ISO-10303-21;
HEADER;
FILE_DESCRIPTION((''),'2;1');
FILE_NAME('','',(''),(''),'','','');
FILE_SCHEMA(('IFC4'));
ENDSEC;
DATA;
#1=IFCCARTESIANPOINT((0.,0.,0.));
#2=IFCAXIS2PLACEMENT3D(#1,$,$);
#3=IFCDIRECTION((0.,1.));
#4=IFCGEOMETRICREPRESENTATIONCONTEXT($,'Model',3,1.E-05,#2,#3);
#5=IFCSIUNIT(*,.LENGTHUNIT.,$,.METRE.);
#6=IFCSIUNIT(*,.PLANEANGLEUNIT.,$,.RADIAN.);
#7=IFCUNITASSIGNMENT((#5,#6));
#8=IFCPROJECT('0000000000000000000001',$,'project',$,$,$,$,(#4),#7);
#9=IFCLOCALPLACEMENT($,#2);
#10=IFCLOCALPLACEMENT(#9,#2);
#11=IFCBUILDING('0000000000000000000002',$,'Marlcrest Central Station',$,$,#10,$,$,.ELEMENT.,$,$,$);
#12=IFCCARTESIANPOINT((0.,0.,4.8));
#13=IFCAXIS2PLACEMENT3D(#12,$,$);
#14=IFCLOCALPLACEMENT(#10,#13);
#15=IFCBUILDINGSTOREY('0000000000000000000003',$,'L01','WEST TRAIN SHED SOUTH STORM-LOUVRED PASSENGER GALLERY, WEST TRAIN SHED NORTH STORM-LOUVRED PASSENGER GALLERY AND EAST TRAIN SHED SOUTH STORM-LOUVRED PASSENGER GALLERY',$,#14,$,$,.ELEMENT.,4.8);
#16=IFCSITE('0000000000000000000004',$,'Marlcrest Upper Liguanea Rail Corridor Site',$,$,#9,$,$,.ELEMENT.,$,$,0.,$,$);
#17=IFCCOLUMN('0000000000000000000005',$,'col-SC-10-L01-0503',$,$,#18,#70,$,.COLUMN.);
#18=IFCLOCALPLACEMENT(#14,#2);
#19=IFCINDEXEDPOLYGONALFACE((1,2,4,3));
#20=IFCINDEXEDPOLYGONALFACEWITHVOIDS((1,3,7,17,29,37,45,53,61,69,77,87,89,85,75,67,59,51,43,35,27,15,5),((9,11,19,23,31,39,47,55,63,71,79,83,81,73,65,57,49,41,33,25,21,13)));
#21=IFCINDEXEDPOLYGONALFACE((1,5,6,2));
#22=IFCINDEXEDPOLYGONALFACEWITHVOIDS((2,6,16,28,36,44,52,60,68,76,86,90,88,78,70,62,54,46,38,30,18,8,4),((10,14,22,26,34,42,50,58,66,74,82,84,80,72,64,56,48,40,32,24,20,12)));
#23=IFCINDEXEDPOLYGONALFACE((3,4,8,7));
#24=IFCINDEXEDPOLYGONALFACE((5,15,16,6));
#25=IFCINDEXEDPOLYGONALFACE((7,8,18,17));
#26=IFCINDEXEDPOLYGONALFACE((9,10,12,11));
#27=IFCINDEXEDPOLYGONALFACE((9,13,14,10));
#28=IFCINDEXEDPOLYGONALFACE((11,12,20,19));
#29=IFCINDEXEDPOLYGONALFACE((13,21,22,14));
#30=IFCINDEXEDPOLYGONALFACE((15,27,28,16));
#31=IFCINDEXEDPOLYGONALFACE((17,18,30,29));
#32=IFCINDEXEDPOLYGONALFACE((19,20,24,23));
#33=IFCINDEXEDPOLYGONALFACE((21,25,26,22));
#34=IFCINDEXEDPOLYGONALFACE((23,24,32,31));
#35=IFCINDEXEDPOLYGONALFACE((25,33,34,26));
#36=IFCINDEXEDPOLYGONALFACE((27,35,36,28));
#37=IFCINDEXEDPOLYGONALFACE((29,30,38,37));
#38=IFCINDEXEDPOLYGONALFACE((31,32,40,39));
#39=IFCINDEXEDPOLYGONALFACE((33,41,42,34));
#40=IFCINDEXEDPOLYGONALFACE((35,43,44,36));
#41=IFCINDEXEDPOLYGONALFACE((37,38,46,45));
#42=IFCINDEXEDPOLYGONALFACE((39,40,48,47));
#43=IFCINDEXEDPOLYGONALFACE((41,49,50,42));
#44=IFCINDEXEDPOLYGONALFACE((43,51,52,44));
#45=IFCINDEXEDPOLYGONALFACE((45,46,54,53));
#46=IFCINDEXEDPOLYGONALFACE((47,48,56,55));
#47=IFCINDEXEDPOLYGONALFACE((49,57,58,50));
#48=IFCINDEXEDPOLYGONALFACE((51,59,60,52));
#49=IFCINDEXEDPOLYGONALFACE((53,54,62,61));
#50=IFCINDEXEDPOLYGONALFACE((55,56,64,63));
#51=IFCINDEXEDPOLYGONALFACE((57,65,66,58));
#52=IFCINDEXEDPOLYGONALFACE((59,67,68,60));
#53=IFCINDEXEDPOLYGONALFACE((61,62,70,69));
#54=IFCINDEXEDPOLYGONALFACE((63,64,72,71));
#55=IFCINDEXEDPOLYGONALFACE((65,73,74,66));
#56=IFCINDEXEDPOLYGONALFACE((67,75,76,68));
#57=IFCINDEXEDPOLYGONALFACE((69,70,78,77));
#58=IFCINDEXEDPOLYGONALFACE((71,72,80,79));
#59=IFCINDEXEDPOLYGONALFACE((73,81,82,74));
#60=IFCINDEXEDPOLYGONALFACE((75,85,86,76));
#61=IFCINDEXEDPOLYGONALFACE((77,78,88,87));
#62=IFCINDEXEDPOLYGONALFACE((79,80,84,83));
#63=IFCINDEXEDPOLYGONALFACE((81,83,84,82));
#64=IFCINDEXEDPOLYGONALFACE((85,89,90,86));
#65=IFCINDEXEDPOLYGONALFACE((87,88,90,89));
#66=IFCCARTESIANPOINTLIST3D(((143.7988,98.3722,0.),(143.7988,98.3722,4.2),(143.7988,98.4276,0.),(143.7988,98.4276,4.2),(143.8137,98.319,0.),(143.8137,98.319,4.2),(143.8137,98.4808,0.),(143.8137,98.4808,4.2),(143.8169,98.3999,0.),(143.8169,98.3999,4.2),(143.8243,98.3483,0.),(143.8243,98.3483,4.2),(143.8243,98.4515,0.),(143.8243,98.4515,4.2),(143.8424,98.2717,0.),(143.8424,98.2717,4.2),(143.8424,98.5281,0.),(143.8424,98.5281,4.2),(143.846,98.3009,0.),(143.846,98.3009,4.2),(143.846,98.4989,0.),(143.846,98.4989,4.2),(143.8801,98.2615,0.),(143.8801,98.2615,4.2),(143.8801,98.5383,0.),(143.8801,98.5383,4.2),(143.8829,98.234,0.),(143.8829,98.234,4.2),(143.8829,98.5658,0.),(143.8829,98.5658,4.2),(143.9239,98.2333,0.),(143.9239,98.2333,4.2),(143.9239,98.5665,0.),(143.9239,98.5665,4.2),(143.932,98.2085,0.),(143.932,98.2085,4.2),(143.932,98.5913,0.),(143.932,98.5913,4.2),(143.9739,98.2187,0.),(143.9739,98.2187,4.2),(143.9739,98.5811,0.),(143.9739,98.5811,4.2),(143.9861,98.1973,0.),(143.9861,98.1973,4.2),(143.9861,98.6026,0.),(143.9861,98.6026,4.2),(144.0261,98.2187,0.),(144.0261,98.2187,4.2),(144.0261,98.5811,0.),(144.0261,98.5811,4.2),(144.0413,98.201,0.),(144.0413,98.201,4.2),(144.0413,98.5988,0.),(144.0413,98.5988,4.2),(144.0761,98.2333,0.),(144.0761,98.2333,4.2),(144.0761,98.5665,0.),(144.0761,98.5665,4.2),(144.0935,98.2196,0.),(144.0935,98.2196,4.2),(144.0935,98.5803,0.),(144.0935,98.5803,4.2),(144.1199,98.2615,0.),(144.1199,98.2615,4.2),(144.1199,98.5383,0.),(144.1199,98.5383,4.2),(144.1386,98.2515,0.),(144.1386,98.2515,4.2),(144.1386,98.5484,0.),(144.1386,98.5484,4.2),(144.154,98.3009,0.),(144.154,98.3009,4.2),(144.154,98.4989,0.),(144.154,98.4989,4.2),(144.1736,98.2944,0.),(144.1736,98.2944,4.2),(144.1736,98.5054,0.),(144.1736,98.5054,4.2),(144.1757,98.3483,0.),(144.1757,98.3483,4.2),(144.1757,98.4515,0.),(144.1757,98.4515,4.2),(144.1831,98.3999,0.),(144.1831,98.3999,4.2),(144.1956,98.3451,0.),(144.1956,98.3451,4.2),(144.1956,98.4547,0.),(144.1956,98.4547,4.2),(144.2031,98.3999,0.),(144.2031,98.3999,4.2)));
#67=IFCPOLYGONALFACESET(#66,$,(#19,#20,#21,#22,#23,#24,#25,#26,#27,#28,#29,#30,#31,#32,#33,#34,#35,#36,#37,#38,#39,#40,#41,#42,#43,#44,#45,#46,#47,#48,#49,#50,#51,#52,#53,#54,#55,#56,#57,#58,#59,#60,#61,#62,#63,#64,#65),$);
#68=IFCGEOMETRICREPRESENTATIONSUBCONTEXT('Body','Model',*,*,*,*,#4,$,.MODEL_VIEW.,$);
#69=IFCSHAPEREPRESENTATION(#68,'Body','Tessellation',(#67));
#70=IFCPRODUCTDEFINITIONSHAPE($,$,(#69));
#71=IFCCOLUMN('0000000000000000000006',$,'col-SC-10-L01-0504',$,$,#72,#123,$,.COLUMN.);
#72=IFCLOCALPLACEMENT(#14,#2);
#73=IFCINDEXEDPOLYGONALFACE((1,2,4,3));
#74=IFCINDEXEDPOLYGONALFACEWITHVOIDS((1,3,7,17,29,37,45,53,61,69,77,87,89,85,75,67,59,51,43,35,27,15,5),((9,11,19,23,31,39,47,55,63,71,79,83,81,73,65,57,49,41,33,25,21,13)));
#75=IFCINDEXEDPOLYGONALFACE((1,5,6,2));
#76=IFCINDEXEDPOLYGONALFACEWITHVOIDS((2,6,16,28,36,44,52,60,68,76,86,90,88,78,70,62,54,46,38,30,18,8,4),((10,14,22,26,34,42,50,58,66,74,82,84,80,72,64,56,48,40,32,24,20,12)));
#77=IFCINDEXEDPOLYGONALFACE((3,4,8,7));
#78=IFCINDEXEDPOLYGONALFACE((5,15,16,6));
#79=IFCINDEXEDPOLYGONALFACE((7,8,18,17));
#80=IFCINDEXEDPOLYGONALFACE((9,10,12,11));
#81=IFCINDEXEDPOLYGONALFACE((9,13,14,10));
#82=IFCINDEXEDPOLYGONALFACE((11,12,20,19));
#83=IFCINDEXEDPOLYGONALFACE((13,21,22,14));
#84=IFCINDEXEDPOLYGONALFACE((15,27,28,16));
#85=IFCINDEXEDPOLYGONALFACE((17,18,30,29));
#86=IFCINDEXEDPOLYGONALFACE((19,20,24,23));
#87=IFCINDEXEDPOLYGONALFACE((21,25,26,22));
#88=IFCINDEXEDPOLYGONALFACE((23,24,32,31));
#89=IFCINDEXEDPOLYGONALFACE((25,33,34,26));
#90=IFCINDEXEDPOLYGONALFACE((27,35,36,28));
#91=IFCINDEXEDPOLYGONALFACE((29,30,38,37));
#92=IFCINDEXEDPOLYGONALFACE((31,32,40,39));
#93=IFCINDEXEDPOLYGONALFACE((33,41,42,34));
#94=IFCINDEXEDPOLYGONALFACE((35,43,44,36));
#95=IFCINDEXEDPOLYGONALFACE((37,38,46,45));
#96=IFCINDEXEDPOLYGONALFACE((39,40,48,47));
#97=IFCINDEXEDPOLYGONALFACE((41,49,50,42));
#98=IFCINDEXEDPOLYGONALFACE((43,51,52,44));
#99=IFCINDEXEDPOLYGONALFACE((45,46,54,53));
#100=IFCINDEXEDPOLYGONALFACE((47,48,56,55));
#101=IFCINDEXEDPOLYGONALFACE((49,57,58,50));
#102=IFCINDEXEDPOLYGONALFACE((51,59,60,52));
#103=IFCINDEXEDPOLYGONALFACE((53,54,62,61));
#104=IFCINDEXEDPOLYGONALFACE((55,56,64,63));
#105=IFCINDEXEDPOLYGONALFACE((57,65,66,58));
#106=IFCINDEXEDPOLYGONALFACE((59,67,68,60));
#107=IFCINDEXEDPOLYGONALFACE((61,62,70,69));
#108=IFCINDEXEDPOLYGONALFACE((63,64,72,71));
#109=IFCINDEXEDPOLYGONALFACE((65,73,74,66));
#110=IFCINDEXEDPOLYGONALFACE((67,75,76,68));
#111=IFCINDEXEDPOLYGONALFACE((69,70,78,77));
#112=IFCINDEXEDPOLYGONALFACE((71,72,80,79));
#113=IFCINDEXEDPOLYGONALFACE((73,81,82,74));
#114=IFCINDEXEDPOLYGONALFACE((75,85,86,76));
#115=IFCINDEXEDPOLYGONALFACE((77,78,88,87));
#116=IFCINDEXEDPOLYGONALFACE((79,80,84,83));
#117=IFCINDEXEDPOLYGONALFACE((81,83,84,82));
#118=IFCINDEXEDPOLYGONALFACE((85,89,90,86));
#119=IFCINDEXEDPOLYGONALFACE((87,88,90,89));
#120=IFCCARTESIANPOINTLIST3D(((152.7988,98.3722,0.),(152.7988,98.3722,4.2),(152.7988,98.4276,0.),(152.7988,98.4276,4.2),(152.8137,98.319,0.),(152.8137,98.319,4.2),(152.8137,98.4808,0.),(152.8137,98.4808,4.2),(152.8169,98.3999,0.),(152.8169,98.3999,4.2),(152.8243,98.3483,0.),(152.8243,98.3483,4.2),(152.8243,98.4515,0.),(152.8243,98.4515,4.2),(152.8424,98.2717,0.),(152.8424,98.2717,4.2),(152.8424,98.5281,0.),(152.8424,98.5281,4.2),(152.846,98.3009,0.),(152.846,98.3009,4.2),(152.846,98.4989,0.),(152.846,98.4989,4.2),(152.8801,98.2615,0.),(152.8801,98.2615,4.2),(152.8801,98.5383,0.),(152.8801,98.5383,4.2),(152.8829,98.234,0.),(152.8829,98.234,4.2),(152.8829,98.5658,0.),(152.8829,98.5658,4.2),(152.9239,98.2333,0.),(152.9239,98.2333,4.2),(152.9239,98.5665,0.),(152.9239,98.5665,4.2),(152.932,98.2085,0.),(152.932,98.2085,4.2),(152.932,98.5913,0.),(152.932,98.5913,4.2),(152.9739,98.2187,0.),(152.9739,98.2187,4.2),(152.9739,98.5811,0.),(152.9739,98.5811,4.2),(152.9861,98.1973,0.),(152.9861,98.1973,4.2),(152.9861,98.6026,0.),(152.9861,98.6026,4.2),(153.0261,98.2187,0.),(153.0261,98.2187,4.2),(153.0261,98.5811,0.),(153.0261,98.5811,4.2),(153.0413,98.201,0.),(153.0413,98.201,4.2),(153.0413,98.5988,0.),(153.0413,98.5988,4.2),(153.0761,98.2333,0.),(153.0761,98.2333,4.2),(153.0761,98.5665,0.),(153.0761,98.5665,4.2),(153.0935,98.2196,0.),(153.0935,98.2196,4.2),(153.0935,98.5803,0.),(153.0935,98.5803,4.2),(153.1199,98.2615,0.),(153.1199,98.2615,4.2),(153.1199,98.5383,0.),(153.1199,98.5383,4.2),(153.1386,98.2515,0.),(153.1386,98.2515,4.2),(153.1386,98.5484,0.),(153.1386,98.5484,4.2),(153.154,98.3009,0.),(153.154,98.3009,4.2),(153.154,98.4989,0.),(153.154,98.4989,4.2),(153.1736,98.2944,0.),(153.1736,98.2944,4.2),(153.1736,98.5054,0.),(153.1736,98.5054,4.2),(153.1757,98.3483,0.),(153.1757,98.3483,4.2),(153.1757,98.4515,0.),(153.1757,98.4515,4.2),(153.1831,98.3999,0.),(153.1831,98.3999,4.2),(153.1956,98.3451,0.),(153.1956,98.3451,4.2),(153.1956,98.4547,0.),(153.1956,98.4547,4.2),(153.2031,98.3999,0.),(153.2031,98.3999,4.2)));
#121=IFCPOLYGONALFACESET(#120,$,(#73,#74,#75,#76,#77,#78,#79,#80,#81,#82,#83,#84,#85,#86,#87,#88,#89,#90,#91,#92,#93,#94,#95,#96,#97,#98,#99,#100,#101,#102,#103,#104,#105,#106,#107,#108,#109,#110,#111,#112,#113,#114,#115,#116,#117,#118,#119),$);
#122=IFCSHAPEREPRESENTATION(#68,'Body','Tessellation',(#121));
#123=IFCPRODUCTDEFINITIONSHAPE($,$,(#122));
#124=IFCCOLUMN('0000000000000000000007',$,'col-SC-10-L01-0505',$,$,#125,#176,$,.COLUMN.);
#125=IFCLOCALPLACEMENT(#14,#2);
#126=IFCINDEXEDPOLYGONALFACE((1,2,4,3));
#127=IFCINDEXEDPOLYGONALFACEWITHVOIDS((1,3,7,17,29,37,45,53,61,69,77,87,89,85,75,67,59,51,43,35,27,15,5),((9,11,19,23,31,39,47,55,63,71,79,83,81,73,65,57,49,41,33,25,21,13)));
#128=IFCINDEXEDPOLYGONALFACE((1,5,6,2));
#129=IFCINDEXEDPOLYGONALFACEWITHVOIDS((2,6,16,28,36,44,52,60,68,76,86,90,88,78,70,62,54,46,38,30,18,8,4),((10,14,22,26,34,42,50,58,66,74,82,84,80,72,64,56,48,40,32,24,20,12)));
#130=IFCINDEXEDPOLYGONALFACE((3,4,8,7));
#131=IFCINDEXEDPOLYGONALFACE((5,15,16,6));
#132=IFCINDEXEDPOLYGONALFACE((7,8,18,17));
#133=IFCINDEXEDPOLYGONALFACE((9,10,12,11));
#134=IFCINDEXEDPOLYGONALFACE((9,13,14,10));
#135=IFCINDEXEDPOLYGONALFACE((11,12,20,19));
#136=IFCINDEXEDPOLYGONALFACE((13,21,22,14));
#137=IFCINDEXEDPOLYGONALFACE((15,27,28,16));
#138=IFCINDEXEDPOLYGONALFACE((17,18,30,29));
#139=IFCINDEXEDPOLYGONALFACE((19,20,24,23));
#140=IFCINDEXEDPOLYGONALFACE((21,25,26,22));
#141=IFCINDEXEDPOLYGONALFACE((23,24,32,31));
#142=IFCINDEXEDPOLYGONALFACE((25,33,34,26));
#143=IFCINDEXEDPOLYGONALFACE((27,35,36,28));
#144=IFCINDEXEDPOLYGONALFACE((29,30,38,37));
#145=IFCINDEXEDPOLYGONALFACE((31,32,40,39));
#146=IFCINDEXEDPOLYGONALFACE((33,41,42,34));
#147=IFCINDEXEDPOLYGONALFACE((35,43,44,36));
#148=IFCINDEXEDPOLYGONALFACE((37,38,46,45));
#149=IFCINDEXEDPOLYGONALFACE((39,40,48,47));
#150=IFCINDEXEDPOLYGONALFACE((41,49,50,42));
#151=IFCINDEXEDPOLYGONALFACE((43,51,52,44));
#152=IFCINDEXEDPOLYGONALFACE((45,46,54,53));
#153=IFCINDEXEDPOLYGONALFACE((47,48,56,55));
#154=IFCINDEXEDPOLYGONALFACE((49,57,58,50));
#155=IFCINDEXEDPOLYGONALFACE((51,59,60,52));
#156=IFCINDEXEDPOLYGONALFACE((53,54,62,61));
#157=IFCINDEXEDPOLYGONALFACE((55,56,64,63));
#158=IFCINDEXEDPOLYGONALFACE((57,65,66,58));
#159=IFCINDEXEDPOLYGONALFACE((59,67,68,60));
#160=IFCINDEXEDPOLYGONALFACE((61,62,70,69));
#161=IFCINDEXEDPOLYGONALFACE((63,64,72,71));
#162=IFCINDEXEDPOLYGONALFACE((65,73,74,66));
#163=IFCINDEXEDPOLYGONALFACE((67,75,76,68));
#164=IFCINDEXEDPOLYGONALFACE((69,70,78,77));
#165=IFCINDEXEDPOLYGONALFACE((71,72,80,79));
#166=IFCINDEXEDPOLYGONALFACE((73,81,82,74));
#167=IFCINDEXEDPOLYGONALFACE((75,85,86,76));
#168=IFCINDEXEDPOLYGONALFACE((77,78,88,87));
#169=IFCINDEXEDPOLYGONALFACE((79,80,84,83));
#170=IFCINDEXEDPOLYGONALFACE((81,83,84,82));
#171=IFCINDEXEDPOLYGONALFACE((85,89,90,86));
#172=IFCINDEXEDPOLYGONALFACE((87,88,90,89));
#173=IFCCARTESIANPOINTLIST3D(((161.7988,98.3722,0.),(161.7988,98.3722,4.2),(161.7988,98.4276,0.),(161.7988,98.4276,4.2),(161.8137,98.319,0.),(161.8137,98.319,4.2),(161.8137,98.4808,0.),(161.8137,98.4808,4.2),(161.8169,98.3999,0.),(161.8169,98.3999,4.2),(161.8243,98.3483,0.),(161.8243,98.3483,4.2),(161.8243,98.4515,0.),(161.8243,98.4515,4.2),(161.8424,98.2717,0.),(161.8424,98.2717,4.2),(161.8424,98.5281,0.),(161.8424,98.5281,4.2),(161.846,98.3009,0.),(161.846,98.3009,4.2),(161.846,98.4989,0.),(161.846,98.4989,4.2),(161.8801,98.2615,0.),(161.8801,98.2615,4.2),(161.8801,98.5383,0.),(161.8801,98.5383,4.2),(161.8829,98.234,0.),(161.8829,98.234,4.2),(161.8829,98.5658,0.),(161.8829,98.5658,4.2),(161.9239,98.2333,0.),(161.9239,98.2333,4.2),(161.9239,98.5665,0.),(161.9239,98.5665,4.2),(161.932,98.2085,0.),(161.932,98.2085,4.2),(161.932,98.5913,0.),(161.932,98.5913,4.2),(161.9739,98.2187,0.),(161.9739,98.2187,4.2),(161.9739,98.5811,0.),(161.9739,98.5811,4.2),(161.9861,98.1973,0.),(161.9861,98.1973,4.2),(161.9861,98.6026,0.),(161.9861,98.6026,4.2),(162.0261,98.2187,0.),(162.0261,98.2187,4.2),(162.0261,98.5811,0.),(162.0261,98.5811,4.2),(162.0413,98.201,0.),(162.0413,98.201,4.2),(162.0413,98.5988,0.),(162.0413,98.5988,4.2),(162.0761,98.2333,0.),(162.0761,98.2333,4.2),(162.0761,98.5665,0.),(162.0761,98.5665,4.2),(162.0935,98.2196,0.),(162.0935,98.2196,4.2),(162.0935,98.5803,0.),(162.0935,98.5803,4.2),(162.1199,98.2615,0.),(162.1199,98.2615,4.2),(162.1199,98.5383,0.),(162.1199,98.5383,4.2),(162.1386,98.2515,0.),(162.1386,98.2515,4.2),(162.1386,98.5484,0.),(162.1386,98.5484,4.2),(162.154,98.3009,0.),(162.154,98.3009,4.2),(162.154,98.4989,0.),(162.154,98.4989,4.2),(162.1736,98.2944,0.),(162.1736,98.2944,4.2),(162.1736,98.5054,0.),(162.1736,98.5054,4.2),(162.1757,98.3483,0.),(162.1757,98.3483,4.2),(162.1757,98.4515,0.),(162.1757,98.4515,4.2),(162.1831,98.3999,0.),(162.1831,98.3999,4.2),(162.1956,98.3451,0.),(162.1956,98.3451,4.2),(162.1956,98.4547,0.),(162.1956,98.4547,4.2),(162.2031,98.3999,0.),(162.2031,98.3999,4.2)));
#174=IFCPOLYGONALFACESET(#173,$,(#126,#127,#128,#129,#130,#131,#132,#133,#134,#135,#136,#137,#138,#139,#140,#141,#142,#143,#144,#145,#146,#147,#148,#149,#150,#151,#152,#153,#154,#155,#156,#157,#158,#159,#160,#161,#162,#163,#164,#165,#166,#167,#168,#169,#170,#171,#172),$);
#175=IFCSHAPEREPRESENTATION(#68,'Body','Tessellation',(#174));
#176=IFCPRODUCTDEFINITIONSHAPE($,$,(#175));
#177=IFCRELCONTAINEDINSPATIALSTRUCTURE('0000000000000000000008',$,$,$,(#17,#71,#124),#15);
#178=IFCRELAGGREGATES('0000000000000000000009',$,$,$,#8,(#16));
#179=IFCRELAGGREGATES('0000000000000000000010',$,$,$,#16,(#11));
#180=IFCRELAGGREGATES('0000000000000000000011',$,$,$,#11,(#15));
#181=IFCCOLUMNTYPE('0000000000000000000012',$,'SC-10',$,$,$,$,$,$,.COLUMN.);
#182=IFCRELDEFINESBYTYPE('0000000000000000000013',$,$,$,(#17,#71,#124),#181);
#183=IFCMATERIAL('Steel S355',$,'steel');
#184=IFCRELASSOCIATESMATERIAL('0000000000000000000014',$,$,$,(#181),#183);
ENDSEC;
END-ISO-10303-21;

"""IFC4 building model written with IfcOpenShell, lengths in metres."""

from ifc_helpers import new_model, si_unit, direction, frame, origin, origin_2d, place, context, subcontext, project, spatial, hollow_circle, extrude, material, material_profile, profile_set, type_object, element, save


model = new_model("IFC4")

# Units and contexts
model_context = context("Model", 3, precision=1e-05, world=origin(), true_north=direction((0.0, 1.0)))
body_context = subcontext(model_context, "Body", "Model", "MODEL_VIEW")
ifc_project = project(units=[si_unit("LENGTHUNIT", "METRE"), si_unit("PLANEANGLEUNIT", "RADIAN")], contexts=[model_context])

# Site, building, storey
site_placement = place(None, origin())
site = spatial("IfcSite", under=ifc_project, at=site_placement, Name="Marlcrest Upper Liguanea Rail Corridor Site", CompositionType="ELEMENT", RefElevation=0.0)
building_placement = place(site_placement, origin())
building = spatial("IfcBuilding", under=site, at=building_placement, Name="Marlcrest Central Station", CompositionType="ELEMENT")
storey_placement = place(building_placement, frame((0.0, 0.0, 4.8)))
storey = spatial("IfcBuildingStorey", under=building, at=storey_placement, Name="L01", Description="WEST TRAIN SHED SOUTH STORM-LOUVRED PASSENGER GALLERY, WEST TRAIN SHED NORTH STORM-LOUVRED PASSENGER GALLERY AND EAST TRAIN SHED SOUTH STORM-LOUVRED PASSENGER GALLERY", CompositionType="ELEMENT", Elevation=4.8)

# Columns
ifc_material_1 = material(Name="Steel S355", Category="steel")
ifc_material_profile_1 = material_profile(ifc_material_1, hollow_circle(Radius=0.2031, WallThickness=0.02, at=origin_2d()), Name="CHS 406.4x20")
ifc_profile_set_1 = profile_set([ifc_material_profile_1], Name="Steel S355")
column_type_1 = type_object("IfcColumnType", Name="SC-10", PredefinedType="COLUMN", material=ifc_profile_set_1)
for number, where, z_axis, x_axis, name in (
    (1, (144.0, 98.3999, 0.0), (0.0, 0.0, 1.0), (1.0, 0.0, 0.0), "col-SC-10-L01-0503"),
    (2, (153.0, 98.3999, 0.0), (0.0, 0.0, 1.0), (1.0, 0.0, 0.0), "col-SC-10-L01-0504"),
    (3, (162.0, 98.3999, 0.0), (0.0, 0.0, 1.0), (1.0, 0.0, 0.0), "col-SC-10-L01-0505"),
):
    element("IfcColumn", number, at=place(storey_placement, frame(where, z_axis=z_axis, x_axis=x_axis)), inside=storey, type_object=column_type_1, Name=name, PredefinedType="COLUMN", context=body_context, shape_type="SweptSolid", body=[
        extrude(hollow_circle(Radius=0.2031, WallThickness=0.02, at=origin_2d()), origin(), (0.0, 0.0, 1.0), 4.2),
    ])

save(model, "model.ifc")
